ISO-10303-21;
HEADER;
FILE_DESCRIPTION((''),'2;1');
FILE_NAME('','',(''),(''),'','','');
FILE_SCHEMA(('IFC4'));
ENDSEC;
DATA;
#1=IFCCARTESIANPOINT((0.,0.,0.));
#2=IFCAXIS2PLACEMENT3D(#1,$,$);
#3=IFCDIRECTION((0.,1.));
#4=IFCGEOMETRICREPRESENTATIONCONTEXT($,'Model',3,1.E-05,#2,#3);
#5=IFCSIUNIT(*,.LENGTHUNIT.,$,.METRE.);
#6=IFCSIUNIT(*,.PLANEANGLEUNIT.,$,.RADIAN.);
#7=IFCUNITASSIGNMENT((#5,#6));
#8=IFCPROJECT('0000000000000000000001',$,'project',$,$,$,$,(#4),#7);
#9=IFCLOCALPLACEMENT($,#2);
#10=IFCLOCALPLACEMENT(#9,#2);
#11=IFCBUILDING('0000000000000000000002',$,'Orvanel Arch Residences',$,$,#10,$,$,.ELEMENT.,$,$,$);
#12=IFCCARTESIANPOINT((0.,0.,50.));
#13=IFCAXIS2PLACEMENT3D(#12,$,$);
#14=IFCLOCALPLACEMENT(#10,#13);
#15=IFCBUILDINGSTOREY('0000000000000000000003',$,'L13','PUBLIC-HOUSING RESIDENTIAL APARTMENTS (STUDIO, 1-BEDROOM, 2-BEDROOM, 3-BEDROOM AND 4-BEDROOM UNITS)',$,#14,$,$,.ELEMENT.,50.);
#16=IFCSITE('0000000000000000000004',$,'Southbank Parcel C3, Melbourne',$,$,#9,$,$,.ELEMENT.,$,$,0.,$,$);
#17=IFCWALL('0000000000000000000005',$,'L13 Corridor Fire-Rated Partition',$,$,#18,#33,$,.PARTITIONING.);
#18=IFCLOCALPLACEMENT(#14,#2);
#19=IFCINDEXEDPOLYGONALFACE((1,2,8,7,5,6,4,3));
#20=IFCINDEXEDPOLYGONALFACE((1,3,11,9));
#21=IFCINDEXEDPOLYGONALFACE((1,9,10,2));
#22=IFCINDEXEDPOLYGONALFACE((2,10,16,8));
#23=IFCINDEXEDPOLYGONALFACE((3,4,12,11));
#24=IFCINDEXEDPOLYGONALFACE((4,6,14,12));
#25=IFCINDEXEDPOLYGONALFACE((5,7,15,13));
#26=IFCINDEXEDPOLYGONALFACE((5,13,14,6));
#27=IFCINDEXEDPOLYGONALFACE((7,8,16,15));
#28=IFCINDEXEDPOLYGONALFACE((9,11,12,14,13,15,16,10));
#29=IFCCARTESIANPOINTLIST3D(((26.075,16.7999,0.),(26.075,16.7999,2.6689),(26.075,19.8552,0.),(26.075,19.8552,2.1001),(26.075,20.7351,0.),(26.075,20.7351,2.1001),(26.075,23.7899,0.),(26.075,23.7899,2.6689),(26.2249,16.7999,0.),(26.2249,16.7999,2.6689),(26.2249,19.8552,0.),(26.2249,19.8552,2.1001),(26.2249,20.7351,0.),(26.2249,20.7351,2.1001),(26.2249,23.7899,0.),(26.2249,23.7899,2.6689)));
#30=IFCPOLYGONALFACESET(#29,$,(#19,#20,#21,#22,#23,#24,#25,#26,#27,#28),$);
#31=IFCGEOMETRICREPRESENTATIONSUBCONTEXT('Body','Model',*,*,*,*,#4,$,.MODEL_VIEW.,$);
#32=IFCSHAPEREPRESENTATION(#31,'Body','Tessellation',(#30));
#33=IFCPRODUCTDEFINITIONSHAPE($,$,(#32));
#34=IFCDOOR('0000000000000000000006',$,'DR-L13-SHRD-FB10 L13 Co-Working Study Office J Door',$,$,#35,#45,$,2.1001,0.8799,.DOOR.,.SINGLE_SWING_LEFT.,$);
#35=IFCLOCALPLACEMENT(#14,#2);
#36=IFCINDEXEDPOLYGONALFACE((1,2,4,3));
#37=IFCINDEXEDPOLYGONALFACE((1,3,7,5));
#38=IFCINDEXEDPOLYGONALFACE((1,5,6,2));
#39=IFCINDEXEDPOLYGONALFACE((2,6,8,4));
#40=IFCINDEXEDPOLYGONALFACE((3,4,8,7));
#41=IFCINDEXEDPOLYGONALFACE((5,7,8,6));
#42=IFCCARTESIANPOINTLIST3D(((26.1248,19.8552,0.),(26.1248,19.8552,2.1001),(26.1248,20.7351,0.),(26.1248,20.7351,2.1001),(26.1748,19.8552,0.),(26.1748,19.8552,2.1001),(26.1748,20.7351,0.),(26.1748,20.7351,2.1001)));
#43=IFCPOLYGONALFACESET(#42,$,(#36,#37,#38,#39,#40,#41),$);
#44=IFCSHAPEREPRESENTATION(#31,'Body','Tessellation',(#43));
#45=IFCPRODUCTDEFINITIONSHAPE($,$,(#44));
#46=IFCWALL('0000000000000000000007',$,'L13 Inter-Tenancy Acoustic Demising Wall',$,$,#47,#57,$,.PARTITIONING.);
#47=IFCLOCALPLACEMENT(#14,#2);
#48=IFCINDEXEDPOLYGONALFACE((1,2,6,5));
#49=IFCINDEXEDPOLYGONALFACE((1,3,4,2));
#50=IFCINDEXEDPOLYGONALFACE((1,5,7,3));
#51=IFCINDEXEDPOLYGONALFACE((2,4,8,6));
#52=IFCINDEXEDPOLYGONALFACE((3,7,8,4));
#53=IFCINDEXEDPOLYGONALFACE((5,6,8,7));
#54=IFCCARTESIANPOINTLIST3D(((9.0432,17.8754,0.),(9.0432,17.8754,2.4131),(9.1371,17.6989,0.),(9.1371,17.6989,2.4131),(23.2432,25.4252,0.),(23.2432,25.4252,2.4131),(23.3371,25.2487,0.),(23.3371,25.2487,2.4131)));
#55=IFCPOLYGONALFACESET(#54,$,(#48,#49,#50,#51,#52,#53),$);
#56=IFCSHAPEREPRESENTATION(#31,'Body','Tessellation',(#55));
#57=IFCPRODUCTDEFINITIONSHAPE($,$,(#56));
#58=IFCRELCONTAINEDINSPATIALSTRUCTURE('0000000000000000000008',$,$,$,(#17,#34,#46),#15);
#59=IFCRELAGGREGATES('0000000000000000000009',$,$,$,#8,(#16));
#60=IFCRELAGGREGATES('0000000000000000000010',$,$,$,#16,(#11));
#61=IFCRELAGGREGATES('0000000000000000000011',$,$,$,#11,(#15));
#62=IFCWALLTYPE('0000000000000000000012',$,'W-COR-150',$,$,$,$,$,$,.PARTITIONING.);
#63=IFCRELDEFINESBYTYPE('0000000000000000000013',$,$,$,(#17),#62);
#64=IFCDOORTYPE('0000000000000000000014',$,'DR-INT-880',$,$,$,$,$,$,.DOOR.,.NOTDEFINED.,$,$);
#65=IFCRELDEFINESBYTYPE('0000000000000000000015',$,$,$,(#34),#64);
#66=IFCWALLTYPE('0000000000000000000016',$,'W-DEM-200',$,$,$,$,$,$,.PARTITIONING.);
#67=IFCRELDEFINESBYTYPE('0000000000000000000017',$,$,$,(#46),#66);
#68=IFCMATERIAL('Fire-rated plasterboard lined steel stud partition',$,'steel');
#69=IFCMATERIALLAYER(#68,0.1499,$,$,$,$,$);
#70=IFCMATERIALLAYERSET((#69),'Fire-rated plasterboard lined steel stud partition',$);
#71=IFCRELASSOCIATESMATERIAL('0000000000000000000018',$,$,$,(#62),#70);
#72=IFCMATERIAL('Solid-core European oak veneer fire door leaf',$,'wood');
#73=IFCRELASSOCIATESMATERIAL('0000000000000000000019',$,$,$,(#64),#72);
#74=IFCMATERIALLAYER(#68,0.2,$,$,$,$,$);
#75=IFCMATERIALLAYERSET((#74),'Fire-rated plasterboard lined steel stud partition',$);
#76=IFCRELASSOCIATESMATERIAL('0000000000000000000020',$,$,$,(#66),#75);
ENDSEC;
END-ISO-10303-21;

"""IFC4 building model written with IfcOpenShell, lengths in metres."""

from ifc_helpers import new_model, si_unit, direction, frame, frame_2d, origin, place, context, subcontext, project, spatial, rectangle, extrude, material, layer, layer_set, type_object, element, fill, save


model = new_model("IFC4")

# Units and contexts
model_context = context("Model", 3, precision=1e-05, world=origin(), true_north=direction((0.0, 1.0)))
body_context = subcontext(model_context, "Body", "Model", "MODEL_VIEW")
ifc_project = project(units=[si_unit("LENGTHUNIT", "METRE"), si_unit("PLANEANGLEUNIT", "RADIAN")], contexts=[model_context])

# Site, building, storey
site_placement = place(None, origin())
site = spatial("IfcSite", under=ifc_project, at=site_placement, Name="Southbank Parcel C3, Melbourne", CompositionType="ELEMENT", RefElevation=0.0)
building_placement = place(site_placement, origin())
building = spatial("IfcBuilding", under=site, at=building_placement, Name="Orvanel Arch Residences", CompositionType="ELEMENT")
storey_placement = place(building_placement, frame((0.0, 0.0, 50.0)))
storey = spatial("IfcBuildingStorey", under=building, at=storey_placement, Name="L13", Description="PUBLIC-HOUSING RESIDENTIAL APARTMENTS (STUDIO, 1-BEDROOM, 2-BEDROOM, 3-BEDROOM AND 4-BEDROOM UNITS)", CompositionType="ELEMENT", Elevation=50.0)

# Wall, opening, door
ifc_material_1 = material(Name="Fire-rated plasterboard lined steel stud partition", Category="steel")
ifc_layer_1 = layer(ifc_material_1, 0.1499)
ifc_layer_set_1 = layer_set([ifc_layer_1], Name="Fire-rated plasterboard lined steel stud partition")
wall_type_1 = type_object("IfcWallType", Name="W-COR-150", PredefinedType="PARTITIONING", material=ifc_layer_set_1)
wall_1_placement = place(storey_placement, frame((26.1499, 23.79, 0.0), z_axis=(0.0, 0.0, 1.0), x_axis=(0.0, -1.0, 0.0)))
wall_1 = element("IfcWall", 1, at=wall_1_placement, inside=storey, type_object=wall_type_1, Name="L13 Corridor Fire-Rated Partition", PredefinedType="PARTITIONING", context=body_context, shape_type="SweptSolid", body=[
    extrude(rectangle(XDim=6.99, YDim=0.1499, at=frame_2d((3.4951, 0.0))), origin(), (0.0, 0.0, 1.0), 2.6689),
])
opening_1_placement = place(wall_1_placement, frame((3.0549, 0.0, 0.0)))
opening_1 = element("IfcOpeningElement", 2, at=opening_1_placement, cuts=wall_1, PredefinedType="OPENING", context=body_context, shape_type="SweptSolid", body=[
    extrude(rectangle(XDim=0.8799, YDim=2.1001, at=frame_2d((0.4399, 1.05))), frame((0.0, 0.085, 0.0), z_axis=(0.0, -1.0, 0.0), x_axis=(1.0, 0.0, 0.0)), (0.0, 0.0, 1.0), 0.1699),
])
ifc_material_2 = material(Name="Solid-core European oak veneer fire door leaf", Category="wood")
door_type_1 = type_object("IfcDoorType", Name="DR-INT-880", OperationType="NOTDEFINED", PredefinedType="DOOR", material=ifc_material_2)
door_1_placement = place(opening_1_placement, origin())
door_1 = element("IfcDoor", 3, at=door_1_placement, inside=storey, type_object=door_type_1, Name="DR-L13-SHRD-FB10 L13 Co-Working Study Office J Door", OperationType="SINGLE_SWING_LEFT", OverallHeight=2.1001, OverallWidth=0.8799, PredefinedType="DOOR", context=body_context, shape_type="SweptSolid", body=[
    extrude(rectangle(XDim=0.8799, YDim=2.1001, at=frame_2d((0.4399, 1.05))), frame((0.0, 0.0249, 0.0), z_axis=(0.0, -1.0, 0.0), x_axis=(1.0, 0.0, 0.0)), (0.0, 0.0, 1.0), 0.05),
])
fill(opening_1, door_1)

# Wall
ifc_layer_2 = layer(ifc_material_1, 0.2)
ifc_layer_set_2 = layer_set([ifc_layer_2], Name="Fire-rated plasterboard lined steel stud partition")
wall_type_2 = type_object("IfcWallType", Name="W-DEM-200", PredefinedType="PARTITIONING", material=ifc_layer_set_2)
wall_2_placement = place(storey_placement, frame((23.29, 25.3369, 0.0), z_axis=(0.0, 0.0, 1.0), x_axis=(-0.882959, -0.46945, 0.0)))
element("IfcWall", 4, at=wall_2_placement, inside=storey, type_object=wall_type_2, Name="L13 Inter-Tenancy Acoustic Demising Wall", PredefinedType="PARTITIONING", context=body_context, shape_type="SweptSolid", body=[
    extrude(rectangle(XDim=16.0823, YDim=0.2, at=frame_2d((8.041, 0.0))), origin(), (0.0, 0.0, 1.0), 2.4131),
])

save(model, "model.ifc")
